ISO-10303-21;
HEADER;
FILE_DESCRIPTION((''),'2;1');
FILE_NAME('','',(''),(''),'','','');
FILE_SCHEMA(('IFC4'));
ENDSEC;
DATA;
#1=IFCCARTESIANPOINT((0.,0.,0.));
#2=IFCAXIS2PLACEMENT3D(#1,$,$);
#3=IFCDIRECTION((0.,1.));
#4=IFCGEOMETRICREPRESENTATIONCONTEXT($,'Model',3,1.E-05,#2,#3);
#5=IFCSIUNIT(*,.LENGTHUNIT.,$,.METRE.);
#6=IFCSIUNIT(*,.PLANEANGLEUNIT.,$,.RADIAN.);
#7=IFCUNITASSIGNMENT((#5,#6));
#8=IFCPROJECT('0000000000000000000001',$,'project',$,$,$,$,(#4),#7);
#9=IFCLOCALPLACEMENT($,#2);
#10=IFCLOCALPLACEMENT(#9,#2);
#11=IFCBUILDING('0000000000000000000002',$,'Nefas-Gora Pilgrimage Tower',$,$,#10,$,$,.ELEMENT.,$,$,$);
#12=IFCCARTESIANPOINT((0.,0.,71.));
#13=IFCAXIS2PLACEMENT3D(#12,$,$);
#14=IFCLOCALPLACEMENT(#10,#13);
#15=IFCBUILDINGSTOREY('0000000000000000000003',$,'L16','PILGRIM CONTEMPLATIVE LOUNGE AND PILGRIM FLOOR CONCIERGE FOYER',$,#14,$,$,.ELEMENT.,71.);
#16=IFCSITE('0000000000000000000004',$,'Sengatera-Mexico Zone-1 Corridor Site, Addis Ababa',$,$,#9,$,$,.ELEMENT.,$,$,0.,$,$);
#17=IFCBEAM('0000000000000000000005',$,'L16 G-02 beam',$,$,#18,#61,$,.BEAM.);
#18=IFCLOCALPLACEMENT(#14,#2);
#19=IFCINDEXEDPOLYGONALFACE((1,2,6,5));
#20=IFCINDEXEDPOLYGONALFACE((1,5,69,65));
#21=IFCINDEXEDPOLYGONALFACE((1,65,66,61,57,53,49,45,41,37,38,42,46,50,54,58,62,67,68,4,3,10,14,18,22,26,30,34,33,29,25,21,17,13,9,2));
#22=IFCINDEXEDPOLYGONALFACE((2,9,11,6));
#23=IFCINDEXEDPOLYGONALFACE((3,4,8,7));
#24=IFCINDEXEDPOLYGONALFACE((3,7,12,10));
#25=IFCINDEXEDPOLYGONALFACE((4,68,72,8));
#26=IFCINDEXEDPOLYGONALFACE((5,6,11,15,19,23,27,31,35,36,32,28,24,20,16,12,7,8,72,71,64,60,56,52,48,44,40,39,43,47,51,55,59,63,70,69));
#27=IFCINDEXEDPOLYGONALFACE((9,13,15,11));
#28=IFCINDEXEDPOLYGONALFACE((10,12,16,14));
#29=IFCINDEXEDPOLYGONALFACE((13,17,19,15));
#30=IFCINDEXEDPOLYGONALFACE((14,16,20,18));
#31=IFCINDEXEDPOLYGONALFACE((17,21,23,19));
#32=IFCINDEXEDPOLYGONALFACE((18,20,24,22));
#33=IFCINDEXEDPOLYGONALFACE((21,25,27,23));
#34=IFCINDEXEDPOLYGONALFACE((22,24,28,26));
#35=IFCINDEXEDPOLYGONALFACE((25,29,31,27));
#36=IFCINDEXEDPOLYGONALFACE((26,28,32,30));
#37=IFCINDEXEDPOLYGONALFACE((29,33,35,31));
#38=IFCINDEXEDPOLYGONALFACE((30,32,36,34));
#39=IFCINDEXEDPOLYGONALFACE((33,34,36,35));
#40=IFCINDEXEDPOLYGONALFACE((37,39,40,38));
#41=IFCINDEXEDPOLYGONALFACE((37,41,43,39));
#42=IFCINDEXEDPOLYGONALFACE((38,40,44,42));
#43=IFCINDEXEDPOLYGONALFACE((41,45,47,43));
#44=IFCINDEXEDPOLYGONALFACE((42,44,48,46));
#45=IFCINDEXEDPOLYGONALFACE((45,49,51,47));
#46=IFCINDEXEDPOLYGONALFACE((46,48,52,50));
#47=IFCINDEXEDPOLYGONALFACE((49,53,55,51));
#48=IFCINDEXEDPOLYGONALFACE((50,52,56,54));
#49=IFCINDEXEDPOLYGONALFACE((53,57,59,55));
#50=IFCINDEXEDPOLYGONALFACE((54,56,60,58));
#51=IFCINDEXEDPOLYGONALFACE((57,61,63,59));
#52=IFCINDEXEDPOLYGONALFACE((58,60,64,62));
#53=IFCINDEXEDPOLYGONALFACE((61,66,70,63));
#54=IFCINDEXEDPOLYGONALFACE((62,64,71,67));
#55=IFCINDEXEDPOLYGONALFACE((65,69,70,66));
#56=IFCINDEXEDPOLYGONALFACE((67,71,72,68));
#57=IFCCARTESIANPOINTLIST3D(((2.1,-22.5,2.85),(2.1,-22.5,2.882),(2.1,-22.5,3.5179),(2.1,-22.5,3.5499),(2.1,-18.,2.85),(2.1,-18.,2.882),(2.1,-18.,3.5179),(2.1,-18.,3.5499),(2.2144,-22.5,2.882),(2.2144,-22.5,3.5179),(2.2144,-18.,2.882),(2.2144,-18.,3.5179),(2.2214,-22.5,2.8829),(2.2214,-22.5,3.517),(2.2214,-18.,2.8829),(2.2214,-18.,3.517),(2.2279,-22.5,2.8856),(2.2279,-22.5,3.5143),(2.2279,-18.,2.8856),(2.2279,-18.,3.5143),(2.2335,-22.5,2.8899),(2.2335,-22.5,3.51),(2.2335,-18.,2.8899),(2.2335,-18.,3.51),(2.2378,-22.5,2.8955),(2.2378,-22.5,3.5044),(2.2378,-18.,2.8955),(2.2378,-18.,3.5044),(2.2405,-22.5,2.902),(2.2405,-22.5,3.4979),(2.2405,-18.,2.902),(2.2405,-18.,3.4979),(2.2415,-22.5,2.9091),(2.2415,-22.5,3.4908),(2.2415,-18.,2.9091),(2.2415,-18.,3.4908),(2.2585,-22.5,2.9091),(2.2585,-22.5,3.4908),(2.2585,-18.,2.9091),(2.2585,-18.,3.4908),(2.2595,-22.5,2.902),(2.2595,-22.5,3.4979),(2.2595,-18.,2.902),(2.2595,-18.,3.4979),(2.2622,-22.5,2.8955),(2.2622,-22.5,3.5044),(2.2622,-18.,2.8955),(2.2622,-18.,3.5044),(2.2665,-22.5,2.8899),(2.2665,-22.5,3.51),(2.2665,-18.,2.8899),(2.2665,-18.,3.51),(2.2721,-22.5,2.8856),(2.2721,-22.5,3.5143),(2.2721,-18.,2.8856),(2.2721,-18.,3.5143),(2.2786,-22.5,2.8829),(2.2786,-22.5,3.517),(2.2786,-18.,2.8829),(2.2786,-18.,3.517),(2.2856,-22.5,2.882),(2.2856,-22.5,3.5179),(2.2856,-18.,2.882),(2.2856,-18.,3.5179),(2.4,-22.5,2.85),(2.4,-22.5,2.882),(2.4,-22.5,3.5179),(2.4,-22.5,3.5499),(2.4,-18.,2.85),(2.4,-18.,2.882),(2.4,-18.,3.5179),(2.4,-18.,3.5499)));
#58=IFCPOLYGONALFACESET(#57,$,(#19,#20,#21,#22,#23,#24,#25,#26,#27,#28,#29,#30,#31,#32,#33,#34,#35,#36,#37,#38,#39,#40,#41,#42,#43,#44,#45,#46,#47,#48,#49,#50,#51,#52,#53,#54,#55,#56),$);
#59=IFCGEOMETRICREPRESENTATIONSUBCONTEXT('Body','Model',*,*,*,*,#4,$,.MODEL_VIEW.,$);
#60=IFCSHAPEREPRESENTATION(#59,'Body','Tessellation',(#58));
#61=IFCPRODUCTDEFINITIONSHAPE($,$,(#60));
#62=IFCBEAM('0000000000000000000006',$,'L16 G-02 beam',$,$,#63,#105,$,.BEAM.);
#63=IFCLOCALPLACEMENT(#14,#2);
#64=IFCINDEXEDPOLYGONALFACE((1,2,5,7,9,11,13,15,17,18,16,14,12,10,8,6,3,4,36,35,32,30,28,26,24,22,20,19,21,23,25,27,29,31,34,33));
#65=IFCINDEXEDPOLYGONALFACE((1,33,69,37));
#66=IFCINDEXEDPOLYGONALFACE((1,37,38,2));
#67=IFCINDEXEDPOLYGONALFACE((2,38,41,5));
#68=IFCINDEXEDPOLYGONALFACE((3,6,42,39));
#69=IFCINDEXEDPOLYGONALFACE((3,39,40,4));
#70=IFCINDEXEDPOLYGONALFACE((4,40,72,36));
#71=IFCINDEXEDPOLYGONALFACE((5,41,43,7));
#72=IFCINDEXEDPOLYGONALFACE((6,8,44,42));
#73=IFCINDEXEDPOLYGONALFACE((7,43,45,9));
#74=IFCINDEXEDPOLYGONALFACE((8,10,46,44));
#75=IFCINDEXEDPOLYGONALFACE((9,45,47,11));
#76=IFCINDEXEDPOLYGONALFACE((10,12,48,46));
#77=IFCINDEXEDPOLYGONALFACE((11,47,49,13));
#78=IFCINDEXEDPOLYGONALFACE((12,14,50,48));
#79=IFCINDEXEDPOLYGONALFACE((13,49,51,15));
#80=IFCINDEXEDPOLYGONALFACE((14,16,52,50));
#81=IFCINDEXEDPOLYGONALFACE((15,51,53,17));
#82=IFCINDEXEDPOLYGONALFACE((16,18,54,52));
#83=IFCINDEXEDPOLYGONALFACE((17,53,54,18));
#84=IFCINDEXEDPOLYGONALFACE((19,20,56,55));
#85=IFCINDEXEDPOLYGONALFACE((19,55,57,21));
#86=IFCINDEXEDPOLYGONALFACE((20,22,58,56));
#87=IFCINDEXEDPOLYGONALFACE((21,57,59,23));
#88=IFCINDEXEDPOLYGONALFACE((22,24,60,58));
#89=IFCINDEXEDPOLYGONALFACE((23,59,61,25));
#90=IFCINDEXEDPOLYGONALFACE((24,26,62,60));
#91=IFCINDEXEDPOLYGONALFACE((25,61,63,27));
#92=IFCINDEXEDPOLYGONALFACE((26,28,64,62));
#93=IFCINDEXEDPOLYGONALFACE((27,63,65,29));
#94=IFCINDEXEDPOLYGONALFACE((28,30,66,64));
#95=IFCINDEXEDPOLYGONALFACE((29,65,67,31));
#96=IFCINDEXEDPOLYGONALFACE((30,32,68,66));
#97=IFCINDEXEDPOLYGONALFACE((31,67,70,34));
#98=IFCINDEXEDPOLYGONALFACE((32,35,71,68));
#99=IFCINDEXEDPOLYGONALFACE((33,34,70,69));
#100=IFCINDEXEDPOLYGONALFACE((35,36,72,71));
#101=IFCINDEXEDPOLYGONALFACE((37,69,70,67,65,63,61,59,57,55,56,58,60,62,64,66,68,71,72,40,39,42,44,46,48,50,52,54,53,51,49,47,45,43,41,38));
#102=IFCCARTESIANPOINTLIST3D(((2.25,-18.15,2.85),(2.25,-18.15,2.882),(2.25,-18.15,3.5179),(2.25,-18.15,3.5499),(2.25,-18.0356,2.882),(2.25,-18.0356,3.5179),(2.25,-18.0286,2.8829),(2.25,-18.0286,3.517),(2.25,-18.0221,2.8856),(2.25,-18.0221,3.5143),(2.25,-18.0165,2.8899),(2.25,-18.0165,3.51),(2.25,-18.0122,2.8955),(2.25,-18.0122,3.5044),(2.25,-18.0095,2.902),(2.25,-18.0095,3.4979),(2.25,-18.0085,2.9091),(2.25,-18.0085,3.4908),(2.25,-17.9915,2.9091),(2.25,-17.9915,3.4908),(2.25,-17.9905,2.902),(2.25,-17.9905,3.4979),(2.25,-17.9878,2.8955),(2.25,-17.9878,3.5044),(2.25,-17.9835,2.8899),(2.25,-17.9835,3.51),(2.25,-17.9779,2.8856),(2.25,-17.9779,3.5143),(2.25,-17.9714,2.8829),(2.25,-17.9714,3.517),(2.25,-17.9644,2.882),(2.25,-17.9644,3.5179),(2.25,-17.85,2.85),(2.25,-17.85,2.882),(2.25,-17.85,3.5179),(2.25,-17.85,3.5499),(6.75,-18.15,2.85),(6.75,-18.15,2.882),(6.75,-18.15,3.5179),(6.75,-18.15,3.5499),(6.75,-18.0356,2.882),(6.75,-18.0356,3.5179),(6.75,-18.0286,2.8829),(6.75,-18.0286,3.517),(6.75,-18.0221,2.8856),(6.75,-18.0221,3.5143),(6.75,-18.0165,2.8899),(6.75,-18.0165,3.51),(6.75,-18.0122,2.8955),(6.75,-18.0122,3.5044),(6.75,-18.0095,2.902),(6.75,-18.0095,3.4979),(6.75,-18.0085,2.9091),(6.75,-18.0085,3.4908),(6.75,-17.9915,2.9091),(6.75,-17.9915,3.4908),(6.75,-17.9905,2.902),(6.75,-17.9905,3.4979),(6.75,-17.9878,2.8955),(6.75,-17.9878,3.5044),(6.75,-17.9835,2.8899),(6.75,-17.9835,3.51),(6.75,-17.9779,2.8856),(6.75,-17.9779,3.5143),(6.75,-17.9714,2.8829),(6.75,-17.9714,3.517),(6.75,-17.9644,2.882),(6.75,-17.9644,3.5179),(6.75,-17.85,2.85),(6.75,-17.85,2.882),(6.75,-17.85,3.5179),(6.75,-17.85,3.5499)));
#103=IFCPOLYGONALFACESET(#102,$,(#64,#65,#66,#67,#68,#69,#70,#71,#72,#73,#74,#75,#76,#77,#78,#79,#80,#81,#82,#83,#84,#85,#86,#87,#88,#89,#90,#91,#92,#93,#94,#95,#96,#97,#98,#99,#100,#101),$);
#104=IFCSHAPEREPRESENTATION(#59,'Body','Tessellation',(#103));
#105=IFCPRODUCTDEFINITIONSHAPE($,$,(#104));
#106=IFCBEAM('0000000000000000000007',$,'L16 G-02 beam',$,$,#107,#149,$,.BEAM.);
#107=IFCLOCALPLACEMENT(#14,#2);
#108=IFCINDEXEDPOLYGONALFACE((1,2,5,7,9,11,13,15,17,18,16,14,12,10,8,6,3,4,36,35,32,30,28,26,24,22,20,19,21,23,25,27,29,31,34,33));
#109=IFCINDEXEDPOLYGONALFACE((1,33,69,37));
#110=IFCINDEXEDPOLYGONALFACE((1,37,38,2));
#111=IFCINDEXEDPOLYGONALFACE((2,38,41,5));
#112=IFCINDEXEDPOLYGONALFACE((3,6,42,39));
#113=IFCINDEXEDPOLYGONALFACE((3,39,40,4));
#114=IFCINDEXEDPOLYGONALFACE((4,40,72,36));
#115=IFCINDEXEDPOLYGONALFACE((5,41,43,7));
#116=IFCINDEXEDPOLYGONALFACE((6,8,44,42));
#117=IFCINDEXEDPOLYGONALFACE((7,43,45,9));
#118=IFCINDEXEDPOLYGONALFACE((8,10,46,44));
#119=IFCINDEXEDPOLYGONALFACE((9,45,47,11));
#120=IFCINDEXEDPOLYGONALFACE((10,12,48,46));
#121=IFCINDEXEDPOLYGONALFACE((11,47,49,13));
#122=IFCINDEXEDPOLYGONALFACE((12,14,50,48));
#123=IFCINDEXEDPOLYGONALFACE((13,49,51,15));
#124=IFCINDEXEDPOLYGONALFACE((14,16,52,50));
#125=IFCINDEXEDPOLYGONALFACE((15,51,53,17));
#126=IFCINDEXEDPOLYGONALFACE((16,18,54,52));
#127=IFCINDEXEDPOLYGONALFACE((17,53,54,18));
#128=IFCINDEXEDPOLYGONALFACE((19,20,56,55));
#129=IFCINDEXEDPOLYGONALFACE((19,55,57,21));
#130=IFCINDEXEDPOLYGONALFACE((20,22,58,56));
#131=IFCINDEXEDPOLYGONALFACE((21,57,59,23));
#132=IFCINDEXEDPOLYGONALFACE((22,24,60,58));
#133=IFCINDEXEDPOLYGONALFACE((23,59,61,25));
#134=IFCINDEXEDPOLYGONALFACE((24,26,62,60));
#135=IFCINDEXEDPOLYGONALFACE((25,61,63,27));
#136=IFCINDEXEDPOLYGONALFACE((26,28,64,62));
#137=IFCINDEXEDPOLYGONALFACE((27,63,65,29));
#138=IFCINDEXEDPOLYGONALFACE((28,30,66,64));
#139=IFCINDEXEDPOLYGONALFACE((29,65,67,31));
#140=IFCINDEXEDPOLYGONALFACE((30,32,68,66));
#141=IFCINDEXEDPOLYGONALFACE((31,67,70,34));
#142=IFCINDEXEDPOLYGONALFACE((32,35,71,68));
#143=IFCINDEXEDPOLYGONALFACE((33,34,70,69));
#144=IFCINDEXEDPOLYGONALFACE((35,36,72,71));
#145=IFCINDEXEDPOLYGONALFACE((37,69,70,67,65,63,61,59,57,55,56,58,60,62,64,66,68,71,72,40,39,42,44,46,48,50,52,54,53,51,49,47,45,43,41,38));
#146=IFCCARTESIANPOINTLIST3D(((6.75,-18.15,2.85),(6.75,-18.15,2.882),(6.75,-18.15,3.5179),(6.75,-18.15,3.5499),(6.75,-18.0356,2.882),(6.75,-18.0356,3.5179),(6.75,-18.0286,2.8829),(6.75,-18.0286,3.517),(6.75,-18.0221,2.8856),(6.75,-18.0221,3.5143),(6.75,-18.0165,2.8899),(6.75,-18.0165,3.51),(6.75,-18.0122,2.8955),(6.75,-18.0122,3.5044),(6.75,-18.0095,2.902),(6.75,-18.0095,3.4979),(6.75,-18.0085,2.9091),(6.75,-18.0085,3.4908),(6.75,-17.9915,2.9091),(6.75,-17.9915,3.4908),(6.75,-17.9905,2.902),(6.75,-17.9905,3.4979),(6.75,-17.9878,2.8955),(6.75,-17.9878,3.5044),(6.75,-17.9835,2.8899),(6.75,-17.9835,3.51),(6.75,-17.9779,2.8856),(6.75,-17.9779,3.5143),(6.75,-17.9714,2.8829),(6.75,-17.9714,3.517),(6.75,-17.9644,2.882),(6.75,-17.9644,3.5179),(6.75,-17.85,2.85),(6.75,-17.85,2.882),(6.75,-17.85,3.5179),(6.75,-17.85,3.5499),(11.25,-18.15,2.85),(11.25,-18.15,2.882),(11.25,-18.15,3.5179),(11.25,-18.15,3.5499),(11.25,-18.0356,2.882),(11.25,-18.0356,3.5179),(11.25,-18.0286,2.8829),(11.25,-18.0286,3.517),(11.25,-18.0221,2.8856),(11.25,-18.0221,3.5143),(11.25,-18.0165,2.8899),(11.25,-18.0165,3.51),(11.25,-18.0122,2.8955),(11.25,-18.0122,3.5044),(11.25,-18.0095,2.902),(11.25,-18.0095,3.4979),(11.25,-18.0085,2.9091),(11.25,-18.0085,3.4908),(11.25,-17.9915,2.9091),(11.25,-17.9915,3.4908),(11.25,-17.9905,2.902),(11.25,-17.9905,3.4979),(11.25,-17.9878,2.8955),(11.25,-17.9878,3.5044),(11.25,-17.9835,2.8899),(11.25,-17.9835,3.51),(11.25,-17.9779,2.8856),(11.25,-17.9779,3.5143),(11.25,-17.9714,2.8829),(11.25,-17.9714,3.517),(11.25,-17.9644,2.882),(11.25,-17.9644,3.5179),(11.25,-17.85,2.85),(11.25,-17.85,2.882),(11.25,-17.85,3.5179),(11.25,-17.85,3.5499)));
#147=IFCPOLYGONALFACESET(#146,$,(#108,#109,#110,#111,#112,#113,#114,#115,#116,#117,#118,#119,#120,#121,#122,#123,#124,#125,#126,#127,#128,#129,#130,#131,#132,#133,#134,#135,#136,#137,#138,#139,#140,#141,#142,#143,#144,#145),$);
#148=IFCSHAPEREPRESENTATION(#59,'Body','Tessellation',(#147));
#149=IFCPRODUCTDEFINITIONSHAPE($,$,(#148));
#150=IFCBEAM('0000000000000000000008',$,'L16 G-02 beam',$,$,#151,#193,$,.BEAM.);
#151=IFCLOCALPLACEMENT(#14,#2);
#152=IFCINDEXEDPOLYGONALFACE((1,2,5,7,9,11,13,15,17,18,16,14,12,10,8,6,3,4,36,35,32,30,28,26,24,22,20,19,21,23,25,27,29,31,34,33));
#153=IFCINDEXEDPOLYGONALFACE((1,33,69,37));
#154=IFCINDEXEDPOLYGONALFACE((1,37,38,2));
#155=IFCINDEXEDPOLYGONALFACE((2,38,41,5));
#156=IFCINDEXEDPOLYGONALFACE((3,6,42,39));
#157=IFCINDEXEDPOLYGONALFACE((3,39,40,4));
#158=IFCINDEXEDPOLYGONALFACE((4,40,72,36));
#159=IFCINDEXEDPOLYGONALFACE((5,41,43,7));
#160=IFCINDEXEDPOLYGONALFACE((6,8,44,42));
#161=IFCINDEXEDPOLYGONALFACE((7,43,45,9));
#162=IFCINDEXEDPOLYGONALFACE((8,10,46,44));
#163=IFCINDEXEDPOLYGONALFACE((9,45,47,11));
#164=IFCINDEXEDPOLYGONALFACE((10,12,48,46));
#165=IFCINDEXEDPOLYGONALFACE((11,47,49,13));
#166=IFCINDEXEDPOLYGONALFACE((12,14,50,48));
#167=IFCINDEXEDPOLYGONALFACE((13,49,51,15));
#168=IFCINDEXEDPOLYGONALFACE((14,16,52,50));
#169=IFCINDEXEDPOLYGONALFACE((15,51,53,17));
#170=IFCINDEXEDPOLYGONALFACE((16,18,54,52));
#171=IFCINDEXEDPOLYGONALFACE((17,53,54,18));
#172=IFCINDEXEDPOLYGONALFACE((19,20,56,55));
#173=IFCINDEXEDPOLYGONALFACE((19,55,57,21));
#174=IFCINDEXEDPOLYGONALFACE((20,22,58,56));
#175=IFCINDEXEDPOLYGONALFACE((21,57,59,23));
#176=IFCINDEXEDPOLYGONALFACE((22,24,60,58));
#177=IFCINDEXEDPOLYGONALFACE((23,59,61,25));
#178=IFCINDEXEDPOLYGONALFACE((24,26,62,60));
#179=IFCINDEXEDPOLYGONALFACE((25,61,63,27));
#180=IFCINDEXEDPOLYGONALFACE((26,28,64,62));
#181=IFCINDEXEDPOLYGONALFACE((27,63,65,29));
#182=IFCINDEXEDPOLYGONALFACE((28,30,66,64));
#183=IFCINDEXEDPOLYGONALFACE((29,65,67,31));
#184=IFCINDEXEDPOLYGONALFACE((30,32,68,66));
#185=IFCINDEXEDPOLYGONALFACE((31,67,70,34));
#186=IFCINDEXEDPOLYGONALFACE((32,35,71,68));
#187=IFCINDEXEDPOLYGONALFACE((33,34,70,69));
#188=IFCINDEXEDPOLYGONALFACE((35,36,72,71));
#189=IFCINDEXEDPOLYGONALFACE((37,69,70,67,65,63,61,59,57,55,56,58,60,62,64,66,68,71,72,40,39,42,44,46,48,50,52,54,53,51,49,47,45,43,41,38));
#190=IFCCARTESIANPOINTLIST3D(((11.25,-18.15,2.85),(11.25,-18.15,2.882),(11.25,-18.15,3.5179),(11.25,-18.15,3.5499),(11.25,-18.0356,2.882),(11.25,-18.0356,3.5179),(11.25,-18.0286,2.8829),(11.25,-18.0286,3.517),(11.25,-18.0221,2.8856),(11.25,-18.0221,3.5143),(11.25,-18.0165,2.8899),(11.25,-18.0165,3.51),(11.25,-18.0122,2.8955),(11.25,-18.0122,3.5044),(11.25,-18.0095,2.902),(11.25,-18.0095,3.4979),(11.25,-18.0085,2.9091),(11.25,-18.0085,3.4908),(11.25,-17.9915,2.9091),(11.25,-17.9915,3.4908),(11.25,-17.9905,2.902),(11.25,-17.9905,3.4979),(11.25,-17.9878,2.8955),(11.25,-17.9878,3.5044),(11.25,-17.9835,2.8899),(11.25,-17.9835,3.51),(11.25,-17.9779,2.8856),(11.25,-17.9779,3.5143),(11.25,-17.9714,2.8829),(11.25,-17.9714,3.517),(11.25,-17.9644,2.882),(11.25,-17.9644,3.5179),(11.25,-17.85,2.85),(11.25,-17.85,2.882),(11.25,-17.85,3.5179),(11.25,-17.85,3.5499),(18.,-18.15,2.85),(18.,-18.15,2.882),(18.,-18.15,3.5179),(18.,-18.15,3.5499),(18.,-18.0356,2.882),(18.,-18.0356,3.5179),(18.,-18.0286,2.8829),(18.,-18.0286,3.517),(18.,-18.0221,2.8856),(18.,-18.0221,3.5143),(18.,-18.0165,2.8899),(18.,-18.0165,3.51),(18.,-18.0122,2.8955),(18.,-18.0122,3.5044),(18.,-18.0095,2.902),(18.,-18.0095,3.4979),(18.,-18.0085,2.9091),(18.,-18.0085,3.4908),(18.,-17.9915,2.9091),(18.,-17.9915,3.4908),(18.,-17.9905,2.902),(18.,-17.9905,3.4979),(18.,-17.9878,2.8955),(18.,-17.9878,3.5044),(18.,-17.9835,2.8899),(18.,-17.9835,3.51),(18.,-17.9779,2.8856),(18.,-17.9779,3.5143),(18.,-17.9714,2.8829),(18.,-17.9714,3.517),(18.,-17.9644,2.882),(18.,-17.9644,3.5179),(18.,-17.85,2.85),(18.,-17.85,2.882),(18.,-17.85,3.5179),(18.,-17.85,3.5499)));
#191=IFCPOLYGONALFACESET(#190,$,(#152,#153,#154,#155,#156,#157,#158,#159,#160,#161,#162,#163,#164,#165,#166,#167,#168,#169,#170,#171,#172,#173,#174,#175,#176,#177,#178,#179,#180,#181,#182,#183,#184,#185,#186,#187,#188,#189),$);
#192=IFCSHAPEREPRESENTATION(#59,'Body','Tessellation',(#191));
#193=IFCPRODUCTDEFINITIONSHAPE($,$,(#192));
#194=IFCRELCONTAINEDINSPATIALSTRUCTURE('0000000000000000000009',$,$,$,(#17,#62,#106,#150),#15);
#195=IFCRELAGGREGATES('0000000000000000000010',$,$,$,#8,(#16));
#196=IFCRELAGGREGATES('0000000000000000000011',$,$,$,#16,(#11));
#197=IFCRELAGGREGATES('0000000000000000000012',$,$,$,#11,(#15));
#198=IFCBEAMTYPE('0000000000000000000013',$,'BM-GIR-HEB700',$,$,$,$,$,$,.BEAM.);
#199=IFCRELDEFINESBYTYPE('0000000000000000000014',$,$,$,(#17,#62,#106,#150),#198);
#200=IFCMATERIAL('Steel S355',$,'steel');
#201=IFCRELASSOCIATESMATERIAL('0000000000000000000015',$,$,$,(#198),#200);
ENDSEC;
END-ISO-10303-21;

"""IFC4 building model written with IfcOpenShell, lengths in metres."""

from ifc_helpers import new_model, si_unit, direction, frame, origin, origin_2d, place, context, subcontext, project, spatial, i_section, extrude, source, transform, mapped, material, material_profile, profile_set, type_object, element, save


model = new_model("IFC4")

# Units and contexts
model_context = context("Model", 3, precision=1e-05, world=origin(), true_north=direction((0.0, 1.0)))
body_context = subcontext(model_context, "Body", "Model", "MODEL_VIEW")
ifc_project = project(units=[si_unit("LENGTHUNIT", "METRE"), si_unit("PLANEANGLEUNIT", "RADIAN")], contexts=[model_context])

# Site, building, storey
site_placement = place(None, origin())
site = spatial("IfcSite", under=ifc_project, at=site_placement, Name="Sengatera-Mexico Zone-1 Corridor Site, Addis Ababa", CompositionType="ELEMENT", RefElevation=0.0)
building_placement = place(site_placement, origin())
building = spatial("IfcBuilding", under=site, at=building_placement, Name="Nefas-Gora Pilgrimage Tower", CompositionType="ELEMENT")
storey_placement = place(building_placement, frame((0.0, 0.0, 71.0)))
storey = spatial("IfcBuildingStorey", under=building, at=storey_placement, Name="L16", Description="PILGRIM CONTEMPLATIVE LOUNGE AND PILGRIM FLOOR CONCIERGE FOYER", CompositionType="ELEMENT", Elevation=71.0)

# Beams
ifc_material_1 = material(Name="Steel S355", Category="steel")
ifc_material_profile_1 = material_profile(ifc_material_1, i_section(OverallWidth=0.3, OverallDepth=0.7, WebThickness=0.0171, FlangeThickness=0.032, FilletRadius=0.0271, at=origin_2d()), Name="HEB 700")
ifc_profile_set_1 = profile_set([ifc_material_profile_1], Name="Steel S355")
beam_type_1 = type_object("IfcBeamType", Name="BM-GIR-HEB700", PredefinedType="BEAM", material=ifc_profile_set_1)
shared_shape_1 = source(origin(), body_context, "Body", "SweptSolid", [
    extrude(i_section(OverallWidth=0.3, OverallDepth=0.7, WebThickness=0.0171, FlangeThickness=0.032, FilletRadius=0.0271, at=origin_2d()), origin(), (0.0, 0.0, 1.0), 4.5),
])
for number, where, z_axis, x_axis, name in (
    (1, (2.25, -22.5, 3.2), (0.0, 1.0, 0.0), (-1.0, 0.0, 0.0), "L16 G-02 beam"),
    (2, (2.25, -18.0, 3.2), (1.0, 0.0, 0.0), (0.0, 1.0, 0.0), "L16 G-02 beam"),
    (3, (6.75, -18.0, 3.2), (1.0, 0.0, 0.0), (0.0, 1.0, 0.0), "L16 G-02 beam"),
):
    element("IfcBeam", number, at=place(storey_placement, frame(where, z_axis=z_axis, x_axis=x_axis)), inside=storey, type_object=beam_type_1, Name=name, PredefinedType="BEAM", context=body_context, shape_type="MappedRepresentation", body=[
        mapped(shared_shape_1, transform((0.0, 0.0, 0.0), x_axis=(1.0, 0.0, 0.0), y_axis=(0.0, 1.0, 0.0), z_axis=(0.0, 0.0, 1.0), scale=1.0)),
    ])
shared_shape_2 = source(origin(), body_context, "Body", "SweptSolid", [
    extrude(i_section(OverallWidth=0.3, OverallDepth=0.7, WebThickness=0.0171, FlangeThickness=0.032, FilletRadius=0.0271, at=origin_2d()), origin(), (0.0, 0.0, 1.0), 6.75),
])
beam_1_placement = place(storey_placement, frame((11.25, -18.0, 3.2), z_axis=(1.0, 0.0, 0.0), x_axis=(0.0, 1.0, 0.0)))
element("IfcBeam", 4, at=beam_1_placement, inside=storey, type_object=beam_type_1, Name="L16 G-02 beam", PredefinedType="BEAM", context=body_context, shape_type="MappedRepresentation", body=[
    mapped(shared_shape_2, transform((0.0, 0.0, 0.0), x_axis=(1.0, 0.0, 0.0), y_axis=(0.0, 1.0, 0.0), z_axis=(0.0, 0.0, 1.0), scale=1.0)),
])

save(model, "model.ifc")
